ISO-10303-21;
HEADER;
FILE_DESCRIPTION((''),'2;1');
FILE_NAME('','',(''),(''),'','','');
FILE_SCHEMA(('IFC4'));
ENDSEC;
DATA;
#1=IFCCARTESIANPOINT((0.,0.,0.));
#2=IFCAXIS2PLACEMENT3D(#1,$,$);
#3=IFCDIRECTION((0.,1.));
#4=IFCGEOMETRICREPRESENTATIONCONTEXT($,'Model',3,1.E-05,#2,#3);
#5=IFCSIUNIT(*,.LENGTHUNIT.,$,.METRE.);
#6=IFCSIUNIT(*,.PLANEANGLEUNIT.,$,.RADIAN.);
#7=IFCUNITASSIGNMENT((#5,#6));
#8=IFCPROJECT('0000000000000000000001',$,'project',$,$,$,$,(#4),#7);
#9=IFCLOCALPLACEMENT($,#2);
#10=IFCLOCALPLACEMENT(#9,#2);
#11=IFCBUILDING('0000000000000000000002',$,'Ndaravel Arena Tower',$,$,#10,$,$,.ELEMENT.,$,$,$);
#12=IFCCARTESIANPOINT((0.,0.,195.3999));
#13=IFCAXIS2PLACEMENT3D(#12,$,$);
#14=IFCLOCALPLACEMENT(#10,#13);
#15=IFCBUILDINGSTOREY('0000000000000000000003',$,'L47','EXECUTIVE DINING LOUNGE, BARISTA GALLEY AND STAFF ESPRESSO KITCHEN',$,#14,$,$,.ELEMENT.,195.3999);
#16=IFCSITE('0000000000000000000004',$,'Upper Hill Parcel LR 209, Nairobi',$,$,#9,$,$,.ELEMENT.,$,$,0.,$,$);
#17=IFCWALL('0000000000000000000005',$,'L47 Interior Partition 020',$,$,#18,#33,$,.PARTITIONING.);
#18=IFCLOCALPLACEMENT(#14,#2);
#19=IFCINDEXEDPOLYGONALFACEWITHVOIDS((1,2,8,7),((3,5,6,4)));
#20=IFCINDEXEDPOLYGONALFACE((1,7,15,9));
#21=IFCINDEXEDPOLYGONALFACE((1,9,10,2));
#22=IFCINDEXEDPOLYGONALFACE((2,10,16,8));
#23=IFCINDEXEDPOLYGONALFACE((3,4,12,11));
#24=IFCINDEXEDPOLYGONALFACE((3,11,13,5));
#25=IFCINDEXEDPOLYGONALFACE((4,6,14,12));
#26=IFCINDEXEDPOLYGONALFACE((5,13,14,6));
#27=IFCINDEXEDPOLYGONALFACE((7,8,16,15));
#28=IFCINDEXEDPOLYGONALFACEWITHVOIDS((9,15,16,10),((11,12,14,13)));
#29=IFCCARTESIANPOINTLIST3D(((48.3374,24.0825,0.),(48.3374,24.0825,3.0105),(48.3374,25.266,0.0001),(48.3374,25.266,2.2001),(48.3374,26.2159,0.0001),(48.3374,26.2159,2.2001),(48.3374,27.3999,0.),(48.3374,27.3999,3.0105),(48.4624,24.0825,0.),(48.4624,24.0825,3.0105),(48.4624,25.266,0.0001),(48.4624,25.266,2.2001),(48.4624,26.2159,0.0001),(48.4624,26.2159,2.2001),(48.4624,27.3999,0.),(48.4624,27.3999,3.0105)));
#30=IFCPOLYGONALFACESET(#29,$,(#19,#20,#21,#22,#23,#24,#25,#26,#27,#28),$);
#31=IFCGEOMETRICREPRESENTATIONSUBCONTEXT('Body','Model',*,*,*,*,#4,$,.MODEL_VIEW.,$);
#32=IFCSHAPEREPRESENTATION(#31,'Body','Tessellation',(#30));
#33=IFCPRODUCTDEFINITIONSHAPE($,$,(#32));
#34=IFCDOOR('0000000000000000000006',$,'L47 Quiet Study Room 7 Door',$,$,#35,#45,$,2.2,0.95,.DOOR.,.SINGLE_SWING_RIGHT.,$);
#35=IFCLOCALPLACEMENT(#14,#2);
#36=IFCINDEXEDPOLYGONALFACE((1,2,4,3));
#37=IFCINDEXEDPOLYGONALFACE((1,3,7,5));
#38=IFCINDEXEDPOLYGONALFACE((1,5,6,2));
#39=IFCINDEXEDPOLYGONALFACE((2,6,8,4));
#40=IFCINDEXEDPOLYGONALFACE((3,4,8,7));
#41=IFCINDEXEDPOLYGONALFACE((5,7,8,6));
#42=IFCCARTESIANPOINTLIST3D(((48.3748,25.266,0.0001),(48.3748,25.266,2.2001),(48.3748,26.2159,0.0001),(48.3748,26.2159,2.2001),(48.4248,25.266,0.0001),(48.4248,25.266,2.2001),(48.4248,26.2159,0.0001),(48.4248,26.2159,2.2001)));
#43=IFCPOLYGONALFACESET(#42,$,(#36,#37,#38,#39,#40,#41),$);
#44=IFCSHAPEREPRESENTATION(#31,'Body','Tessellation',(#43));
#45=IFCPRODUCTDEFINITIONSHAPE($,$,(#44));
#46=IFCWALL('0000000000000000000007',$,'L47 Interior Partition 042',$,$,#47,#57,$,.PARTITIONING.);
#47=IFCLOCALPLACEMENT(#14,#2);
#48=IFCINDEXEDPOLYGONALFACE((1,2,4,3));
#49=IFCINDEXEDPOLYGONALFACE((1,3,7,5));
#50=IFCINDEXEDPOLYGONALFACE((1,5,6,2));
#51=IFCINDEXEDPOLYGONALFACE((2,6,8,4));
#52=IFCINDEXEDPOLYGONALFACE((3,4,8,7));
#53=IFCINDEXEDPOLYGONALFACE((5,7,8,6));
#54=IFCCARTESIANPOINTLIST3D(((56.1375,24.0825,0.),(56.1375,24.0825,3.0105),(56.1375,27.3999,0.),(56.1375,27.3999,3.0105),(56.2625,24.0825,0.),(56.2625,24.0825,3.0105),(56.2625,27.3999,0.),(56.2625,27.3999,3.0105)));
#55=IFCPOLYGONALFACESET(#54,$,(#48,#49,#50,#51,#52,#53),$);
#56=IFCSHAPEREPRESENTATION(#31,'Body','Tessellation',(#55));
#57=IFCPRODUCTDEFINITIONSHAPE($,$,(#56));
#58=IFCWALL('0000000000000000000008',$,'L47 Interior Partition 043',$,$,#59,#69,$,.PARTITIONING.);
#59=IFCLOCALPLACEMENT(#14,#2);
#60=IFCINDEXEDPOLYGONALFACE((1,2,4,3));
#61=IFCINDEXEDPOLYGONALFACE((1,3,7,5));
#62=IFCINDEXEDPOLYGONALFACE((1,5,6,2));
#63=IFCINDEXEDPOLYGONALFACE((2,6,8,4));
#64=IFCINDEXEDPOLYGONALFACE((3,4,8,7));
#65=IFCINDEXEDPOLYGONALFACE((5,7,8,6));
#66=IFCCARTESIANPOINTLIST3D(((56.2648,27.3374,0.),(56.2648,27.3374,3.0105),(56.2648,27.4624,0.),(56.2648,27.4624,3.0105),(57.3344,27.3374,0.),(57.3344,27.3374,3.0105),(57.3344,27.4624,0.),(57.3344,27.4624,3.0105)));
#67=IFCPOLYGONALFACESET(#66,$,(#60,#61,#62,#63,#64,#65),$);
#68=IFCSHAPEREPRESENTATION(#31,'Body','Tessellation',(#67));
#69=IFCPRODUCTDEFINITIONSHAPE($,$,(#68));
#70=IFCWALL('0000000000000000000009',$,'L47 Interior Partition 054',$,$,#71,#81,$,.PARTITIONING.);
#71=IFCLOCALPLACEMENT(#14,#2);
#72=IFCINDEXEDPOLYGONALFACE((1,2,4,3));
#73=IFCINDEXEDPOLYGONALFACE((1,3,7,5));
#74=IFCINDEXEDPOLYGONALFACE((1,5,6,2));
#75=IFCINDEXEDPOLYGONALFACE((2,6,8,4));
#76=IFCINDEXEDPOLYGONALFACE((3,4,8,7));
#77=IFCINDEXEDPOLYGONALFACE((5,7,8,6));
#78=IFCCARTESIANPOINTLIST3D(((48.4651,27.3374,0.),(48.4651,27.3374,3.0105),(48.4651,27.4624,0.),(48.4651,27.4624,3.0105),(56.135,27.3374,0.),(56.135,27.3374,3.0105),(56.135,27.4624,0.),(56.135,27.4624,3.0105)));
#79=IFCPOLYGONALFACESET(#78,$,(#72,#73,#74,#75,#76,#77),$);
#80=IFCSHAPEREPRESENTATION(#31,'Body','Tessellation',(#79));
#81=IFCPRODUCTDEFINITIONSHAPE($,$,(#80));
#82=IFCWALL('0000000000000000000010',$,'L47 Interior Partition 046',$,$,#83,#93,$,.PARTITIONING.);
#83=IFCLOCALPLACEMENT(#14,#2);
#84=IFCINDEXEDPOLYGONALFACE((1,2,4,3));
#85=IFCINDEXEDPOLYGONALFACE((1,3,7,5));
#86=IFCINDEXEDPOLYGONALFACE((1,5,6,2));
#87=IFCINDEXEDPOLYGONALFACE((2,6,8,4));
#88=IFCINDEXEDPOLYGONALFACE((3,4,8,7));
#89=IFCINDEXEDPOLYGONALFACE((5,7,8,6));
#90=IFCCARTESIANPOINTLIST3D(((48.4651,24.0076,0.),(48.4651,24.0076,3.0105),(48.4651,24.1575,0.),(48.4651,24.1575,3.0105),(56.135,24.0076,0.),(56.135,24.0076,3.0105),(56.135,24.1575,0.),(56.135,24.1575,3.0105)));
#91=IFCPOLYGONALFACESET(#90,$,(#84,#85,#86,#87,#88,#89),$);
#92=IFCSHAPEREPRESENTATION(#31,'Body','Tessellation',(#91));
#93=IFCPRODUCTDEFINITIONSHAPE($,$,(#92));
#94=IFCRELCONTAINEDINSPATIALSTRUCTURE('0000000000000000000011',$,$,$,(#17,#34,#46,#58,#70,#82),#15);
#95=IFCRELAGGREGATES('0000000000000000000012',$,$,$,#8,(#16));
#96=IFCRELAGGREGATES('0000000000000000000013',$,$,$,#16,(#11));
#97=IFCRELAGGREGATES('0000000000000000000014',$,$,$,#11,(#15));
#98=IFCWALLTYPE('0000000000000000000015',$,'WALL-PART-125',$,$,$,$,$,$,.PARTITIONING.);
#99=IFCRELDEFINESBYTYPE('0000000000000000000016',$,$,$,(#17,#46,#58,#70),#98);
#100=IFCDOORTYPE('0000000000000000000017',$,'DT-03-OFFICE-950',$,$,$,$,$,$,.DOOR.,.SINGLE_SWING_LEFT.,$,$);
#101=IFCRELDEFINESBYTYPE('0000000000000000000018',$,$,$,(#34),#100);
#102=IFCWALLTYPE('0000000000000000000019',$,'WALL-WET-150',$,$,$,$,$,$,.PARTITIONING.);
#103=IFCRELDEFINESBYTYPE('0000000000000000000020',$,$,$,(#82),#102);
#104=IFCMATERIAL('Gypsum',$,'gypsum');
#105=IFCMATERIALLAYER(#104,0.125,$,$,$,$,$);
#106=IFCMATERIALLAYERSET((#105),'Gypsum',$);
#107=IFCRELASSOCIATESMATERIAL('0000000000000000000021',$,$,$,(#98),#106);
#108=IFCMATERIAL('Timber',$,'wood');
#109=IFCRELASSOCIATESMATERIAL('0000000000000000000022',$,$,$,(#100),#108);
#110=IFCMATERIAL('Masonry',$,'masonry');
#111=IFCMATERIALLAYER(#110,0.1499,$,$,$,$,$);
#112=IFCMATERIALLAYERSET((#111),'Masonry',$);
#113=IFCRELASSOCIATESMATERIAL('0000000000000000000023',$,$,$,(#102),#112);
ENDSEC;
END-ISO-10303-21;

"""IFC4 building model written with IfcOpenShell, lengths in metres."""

from ifc_helpers import new_model, si_unit, direction, frame, frame_2d, origin, place, context, subcontext, project, spatial, rectangle, extrude, material, layer, layer_set, type_object, element, fill, save


model = new_model("IFC4")

# Units and contexts
model_context = context("Model", 3, precision=1e-05, world=origin(), true_north=direction((0.0, 1.0)))
body_context = subcontext(model_context, "Body", "Model", "MODEL_VIEW")
ifc_project = project(units=[si_unit("LENGTHUNIT", "METRE"), si_unit("PLANEANGLEUNIT", "RADIAN")], contexts=[model_context])

# Site, building, storey
site_placement = place(None, origin())
site = spatial("IfcSite", under=ifc_project, at=site_placement, Name="Upper Hill Parcel LR 209, Nairobi", CompositionType="ELEMENT", RefElevation=0.0)
building_placement = place(site_placement, origin())
building = spatial("IfcBuilding", under=site, at=building_placement, Name="Ndaravel Arena Tower", CompositionType="ELEMENT")
storey_placement = place(building_placement, frame((0.0, 0.0, 195.3999)))
storey = spatial("IfcBuildingStorey", under=building, at=storey_placement, Name="L47", Description="EXECUTIVE DINING LOUNGE, BARISTA GALLEY AND STAFF ESPRESSO KITCHEN", CompositionType="ELEMENT", Elevation=195.3999)

# Wall, opening, door
ifc_material_1 = material(Name="Gypsum", Category="gypsum")
ifc_layer_1 = layer(ifc_material_1, 0.125)
ifc_layer_set_1 = layer_set([ifc_layer_1], Name="Gypsum")
wall_type_1 = type_object("IfcWallType", Name="WALL-PART-125", PredefinedType="PARTITIONING", material=ifc_layer_set_1)
ifc_material_2 = material(Name="Timber", Category="wood")
door_type = type_object("IfcDoorType", Name="DT-03-OFFICE-950", OperationType="SINGLE_SWING_LEFT", PredefinedType="DOOR", material=ifc_material_2)
wall_1_placement = place(storey_placement, frame((48.3999, 27.3999, 0.0), z_axis=(0.0, 0.0, 1.0), x_axis=(0.0, -1.0, 0.0)))
wall_1 = element("IfcWall", 1, at=wall_1_placement, inside=storey, type_object=wall_type_1, Name="L47 Interior Partition 020", PredefinedType="PARTITIONING", context=body_context, shape_type="SweptSolid", body=[
    extrude(rectangle(XDim=3.3174, YDim=0.125, at=frame_2d((1.6587, 0.0))), origin(), (0.0, 0.0, 1.0), 3.0105),
])
opening_1_placement = place(wall_1_placement, frame((1.1838, 0.0, 0.0)))
opening_1 = element("IfcOpeningElement", 2, at=opening_1_placement, cuts=wall_1, PredefinedType="OPENING", context=body_context, shape_type="SweptSolid", body=[
    extrude(rectangle(XDim=0.95, YDim=2.2, at=frame_2d((0.4751, 1.1001))), frame((0.0, 0.0625, 0.0), z_axis=(0.0, -1.0, 0.0), x_axis=(1.0, 0.0, 0.0)), (0.0, 0.0, 1.0), 0.125),
])
door_1_placement = place(opening_1_placement, origin())
door_1 = element("IfcDoor", 3, at=door_1_placement, inside=storey, type_object=door_type, Name="L47 Quiet Study Room 7 Door", OperationType="SINGLE_SWING_RIGHT", OverallHeight=2.2, OverallWidth=0.95, PredefinedType="DOOR", context=body_context, shape_type="SweptSolid", body=[
    extrude(rectangle(XDim=0.95, YDim=2.2, at=frame_2d((0.4751, 1.1001))), frame((0.0, 0.0249, 0.0), z_axis=(0.0, -1.0, 0.0), x_axis=(1.0, 0.0, 0.0)), (0.0, 0.0, 1.0), 0.05),
])
fill(opening_1, door_1)

# Walls
wall_2_placement = place(storey_placement, frame((56.2, 24.0825, 0.0), z_axis=(0.0, 0.0, 1.0), x_axis=(0.0, 1.0, 0.0)))
element("IfcWall", 4, at=wall_2_placement, inside=storey, type_object=wall_type_1, Name="L47 Interior Partition 042", PredefinedType="PARTITIONING", context=body_context, shape_type="SweptSolid", body=[
    extrude(rectangle(XDim=3.3174, YDim=0.125, at=frame_2d((1.6587, 0.0))), origin(), (0.0, 0.0, 1.0), 3.0105),
])
wall_3_placement = place(storey_placement, frame((56.2649, 27.3999, 0.0), z_axis=(0.0, 0.0, 1.0), x_axis=(1.0, 0.0, 0.0)))
element("IfcWall", 5, at=wall_3_placement, inside=storey, type_object=wall_type_1, Name="L47 Interior Partition 043", PredefinedType="PARTITIONING", context=body_context, shape_type="SweptSolid", body=[
    extrude(rectangle(XDim=1.0696, YDim=0.125, at=frame_2d((0.5347, 0.0))), origin(), (0.0, 0.0, 1.0), 3.0105),
])
wall_4_placement = place(storey_placement, frame((48.4651, 27.3999, 0.0), z_axis=(0.0, 0.0, 1.0), x_axis=(1.0, 0.0, 0.0)))
element("IfcWall", 6, at=wall_4_placement, inside=storey, type_object=wall_type_1, Name="L47 Interior Partition 054", PredefinedType="PARTITIONING", context=body_context, shape_type="SweptSolid", body=[
    extrude(rectangle(XDim=7.6699, YDim=0.125, at=frame_2d((3.835, 0.0))), origin(), (0.0, 0.0, 1.0), 3.0105),
])
ifc_material_3 = material(Name="Masonry", Category="masonry")
ifc_layer_2 = layer(ifc_material_3, 0.1499)
ifc_layer_set_2 = layer_set([ifc_layer_2], Name="Masonry")
wall_type_2 = type_object("IfcWallType", Name="WALL-WET-150", PredefinedType="PARTITIONING", material=ifc_layer_set_2)
wall_5_placement = place(storey_placement, frame((48.4651, 24.0825, 0.0), z_axis=(0.0, 0.0, 1.0), x_axis=(1.0, 0.0, 0.0)))
element("IfcWall", 7, at=wall_5_placement, inside=storey, type_object=wall_type_2, Name="L47 Interior Partition 046", PredefinedType="PARTITIONING", context=body_context, shape_type="SweptSolid", body=[
    extrude(rectangle(XDim=7.6699, YDim=0.1499, at=frame_2d((3.835, 0.0))), origin(), (0.0, 0.0, 1.0), 3.0105),
])

save(model, "model.ifc")
